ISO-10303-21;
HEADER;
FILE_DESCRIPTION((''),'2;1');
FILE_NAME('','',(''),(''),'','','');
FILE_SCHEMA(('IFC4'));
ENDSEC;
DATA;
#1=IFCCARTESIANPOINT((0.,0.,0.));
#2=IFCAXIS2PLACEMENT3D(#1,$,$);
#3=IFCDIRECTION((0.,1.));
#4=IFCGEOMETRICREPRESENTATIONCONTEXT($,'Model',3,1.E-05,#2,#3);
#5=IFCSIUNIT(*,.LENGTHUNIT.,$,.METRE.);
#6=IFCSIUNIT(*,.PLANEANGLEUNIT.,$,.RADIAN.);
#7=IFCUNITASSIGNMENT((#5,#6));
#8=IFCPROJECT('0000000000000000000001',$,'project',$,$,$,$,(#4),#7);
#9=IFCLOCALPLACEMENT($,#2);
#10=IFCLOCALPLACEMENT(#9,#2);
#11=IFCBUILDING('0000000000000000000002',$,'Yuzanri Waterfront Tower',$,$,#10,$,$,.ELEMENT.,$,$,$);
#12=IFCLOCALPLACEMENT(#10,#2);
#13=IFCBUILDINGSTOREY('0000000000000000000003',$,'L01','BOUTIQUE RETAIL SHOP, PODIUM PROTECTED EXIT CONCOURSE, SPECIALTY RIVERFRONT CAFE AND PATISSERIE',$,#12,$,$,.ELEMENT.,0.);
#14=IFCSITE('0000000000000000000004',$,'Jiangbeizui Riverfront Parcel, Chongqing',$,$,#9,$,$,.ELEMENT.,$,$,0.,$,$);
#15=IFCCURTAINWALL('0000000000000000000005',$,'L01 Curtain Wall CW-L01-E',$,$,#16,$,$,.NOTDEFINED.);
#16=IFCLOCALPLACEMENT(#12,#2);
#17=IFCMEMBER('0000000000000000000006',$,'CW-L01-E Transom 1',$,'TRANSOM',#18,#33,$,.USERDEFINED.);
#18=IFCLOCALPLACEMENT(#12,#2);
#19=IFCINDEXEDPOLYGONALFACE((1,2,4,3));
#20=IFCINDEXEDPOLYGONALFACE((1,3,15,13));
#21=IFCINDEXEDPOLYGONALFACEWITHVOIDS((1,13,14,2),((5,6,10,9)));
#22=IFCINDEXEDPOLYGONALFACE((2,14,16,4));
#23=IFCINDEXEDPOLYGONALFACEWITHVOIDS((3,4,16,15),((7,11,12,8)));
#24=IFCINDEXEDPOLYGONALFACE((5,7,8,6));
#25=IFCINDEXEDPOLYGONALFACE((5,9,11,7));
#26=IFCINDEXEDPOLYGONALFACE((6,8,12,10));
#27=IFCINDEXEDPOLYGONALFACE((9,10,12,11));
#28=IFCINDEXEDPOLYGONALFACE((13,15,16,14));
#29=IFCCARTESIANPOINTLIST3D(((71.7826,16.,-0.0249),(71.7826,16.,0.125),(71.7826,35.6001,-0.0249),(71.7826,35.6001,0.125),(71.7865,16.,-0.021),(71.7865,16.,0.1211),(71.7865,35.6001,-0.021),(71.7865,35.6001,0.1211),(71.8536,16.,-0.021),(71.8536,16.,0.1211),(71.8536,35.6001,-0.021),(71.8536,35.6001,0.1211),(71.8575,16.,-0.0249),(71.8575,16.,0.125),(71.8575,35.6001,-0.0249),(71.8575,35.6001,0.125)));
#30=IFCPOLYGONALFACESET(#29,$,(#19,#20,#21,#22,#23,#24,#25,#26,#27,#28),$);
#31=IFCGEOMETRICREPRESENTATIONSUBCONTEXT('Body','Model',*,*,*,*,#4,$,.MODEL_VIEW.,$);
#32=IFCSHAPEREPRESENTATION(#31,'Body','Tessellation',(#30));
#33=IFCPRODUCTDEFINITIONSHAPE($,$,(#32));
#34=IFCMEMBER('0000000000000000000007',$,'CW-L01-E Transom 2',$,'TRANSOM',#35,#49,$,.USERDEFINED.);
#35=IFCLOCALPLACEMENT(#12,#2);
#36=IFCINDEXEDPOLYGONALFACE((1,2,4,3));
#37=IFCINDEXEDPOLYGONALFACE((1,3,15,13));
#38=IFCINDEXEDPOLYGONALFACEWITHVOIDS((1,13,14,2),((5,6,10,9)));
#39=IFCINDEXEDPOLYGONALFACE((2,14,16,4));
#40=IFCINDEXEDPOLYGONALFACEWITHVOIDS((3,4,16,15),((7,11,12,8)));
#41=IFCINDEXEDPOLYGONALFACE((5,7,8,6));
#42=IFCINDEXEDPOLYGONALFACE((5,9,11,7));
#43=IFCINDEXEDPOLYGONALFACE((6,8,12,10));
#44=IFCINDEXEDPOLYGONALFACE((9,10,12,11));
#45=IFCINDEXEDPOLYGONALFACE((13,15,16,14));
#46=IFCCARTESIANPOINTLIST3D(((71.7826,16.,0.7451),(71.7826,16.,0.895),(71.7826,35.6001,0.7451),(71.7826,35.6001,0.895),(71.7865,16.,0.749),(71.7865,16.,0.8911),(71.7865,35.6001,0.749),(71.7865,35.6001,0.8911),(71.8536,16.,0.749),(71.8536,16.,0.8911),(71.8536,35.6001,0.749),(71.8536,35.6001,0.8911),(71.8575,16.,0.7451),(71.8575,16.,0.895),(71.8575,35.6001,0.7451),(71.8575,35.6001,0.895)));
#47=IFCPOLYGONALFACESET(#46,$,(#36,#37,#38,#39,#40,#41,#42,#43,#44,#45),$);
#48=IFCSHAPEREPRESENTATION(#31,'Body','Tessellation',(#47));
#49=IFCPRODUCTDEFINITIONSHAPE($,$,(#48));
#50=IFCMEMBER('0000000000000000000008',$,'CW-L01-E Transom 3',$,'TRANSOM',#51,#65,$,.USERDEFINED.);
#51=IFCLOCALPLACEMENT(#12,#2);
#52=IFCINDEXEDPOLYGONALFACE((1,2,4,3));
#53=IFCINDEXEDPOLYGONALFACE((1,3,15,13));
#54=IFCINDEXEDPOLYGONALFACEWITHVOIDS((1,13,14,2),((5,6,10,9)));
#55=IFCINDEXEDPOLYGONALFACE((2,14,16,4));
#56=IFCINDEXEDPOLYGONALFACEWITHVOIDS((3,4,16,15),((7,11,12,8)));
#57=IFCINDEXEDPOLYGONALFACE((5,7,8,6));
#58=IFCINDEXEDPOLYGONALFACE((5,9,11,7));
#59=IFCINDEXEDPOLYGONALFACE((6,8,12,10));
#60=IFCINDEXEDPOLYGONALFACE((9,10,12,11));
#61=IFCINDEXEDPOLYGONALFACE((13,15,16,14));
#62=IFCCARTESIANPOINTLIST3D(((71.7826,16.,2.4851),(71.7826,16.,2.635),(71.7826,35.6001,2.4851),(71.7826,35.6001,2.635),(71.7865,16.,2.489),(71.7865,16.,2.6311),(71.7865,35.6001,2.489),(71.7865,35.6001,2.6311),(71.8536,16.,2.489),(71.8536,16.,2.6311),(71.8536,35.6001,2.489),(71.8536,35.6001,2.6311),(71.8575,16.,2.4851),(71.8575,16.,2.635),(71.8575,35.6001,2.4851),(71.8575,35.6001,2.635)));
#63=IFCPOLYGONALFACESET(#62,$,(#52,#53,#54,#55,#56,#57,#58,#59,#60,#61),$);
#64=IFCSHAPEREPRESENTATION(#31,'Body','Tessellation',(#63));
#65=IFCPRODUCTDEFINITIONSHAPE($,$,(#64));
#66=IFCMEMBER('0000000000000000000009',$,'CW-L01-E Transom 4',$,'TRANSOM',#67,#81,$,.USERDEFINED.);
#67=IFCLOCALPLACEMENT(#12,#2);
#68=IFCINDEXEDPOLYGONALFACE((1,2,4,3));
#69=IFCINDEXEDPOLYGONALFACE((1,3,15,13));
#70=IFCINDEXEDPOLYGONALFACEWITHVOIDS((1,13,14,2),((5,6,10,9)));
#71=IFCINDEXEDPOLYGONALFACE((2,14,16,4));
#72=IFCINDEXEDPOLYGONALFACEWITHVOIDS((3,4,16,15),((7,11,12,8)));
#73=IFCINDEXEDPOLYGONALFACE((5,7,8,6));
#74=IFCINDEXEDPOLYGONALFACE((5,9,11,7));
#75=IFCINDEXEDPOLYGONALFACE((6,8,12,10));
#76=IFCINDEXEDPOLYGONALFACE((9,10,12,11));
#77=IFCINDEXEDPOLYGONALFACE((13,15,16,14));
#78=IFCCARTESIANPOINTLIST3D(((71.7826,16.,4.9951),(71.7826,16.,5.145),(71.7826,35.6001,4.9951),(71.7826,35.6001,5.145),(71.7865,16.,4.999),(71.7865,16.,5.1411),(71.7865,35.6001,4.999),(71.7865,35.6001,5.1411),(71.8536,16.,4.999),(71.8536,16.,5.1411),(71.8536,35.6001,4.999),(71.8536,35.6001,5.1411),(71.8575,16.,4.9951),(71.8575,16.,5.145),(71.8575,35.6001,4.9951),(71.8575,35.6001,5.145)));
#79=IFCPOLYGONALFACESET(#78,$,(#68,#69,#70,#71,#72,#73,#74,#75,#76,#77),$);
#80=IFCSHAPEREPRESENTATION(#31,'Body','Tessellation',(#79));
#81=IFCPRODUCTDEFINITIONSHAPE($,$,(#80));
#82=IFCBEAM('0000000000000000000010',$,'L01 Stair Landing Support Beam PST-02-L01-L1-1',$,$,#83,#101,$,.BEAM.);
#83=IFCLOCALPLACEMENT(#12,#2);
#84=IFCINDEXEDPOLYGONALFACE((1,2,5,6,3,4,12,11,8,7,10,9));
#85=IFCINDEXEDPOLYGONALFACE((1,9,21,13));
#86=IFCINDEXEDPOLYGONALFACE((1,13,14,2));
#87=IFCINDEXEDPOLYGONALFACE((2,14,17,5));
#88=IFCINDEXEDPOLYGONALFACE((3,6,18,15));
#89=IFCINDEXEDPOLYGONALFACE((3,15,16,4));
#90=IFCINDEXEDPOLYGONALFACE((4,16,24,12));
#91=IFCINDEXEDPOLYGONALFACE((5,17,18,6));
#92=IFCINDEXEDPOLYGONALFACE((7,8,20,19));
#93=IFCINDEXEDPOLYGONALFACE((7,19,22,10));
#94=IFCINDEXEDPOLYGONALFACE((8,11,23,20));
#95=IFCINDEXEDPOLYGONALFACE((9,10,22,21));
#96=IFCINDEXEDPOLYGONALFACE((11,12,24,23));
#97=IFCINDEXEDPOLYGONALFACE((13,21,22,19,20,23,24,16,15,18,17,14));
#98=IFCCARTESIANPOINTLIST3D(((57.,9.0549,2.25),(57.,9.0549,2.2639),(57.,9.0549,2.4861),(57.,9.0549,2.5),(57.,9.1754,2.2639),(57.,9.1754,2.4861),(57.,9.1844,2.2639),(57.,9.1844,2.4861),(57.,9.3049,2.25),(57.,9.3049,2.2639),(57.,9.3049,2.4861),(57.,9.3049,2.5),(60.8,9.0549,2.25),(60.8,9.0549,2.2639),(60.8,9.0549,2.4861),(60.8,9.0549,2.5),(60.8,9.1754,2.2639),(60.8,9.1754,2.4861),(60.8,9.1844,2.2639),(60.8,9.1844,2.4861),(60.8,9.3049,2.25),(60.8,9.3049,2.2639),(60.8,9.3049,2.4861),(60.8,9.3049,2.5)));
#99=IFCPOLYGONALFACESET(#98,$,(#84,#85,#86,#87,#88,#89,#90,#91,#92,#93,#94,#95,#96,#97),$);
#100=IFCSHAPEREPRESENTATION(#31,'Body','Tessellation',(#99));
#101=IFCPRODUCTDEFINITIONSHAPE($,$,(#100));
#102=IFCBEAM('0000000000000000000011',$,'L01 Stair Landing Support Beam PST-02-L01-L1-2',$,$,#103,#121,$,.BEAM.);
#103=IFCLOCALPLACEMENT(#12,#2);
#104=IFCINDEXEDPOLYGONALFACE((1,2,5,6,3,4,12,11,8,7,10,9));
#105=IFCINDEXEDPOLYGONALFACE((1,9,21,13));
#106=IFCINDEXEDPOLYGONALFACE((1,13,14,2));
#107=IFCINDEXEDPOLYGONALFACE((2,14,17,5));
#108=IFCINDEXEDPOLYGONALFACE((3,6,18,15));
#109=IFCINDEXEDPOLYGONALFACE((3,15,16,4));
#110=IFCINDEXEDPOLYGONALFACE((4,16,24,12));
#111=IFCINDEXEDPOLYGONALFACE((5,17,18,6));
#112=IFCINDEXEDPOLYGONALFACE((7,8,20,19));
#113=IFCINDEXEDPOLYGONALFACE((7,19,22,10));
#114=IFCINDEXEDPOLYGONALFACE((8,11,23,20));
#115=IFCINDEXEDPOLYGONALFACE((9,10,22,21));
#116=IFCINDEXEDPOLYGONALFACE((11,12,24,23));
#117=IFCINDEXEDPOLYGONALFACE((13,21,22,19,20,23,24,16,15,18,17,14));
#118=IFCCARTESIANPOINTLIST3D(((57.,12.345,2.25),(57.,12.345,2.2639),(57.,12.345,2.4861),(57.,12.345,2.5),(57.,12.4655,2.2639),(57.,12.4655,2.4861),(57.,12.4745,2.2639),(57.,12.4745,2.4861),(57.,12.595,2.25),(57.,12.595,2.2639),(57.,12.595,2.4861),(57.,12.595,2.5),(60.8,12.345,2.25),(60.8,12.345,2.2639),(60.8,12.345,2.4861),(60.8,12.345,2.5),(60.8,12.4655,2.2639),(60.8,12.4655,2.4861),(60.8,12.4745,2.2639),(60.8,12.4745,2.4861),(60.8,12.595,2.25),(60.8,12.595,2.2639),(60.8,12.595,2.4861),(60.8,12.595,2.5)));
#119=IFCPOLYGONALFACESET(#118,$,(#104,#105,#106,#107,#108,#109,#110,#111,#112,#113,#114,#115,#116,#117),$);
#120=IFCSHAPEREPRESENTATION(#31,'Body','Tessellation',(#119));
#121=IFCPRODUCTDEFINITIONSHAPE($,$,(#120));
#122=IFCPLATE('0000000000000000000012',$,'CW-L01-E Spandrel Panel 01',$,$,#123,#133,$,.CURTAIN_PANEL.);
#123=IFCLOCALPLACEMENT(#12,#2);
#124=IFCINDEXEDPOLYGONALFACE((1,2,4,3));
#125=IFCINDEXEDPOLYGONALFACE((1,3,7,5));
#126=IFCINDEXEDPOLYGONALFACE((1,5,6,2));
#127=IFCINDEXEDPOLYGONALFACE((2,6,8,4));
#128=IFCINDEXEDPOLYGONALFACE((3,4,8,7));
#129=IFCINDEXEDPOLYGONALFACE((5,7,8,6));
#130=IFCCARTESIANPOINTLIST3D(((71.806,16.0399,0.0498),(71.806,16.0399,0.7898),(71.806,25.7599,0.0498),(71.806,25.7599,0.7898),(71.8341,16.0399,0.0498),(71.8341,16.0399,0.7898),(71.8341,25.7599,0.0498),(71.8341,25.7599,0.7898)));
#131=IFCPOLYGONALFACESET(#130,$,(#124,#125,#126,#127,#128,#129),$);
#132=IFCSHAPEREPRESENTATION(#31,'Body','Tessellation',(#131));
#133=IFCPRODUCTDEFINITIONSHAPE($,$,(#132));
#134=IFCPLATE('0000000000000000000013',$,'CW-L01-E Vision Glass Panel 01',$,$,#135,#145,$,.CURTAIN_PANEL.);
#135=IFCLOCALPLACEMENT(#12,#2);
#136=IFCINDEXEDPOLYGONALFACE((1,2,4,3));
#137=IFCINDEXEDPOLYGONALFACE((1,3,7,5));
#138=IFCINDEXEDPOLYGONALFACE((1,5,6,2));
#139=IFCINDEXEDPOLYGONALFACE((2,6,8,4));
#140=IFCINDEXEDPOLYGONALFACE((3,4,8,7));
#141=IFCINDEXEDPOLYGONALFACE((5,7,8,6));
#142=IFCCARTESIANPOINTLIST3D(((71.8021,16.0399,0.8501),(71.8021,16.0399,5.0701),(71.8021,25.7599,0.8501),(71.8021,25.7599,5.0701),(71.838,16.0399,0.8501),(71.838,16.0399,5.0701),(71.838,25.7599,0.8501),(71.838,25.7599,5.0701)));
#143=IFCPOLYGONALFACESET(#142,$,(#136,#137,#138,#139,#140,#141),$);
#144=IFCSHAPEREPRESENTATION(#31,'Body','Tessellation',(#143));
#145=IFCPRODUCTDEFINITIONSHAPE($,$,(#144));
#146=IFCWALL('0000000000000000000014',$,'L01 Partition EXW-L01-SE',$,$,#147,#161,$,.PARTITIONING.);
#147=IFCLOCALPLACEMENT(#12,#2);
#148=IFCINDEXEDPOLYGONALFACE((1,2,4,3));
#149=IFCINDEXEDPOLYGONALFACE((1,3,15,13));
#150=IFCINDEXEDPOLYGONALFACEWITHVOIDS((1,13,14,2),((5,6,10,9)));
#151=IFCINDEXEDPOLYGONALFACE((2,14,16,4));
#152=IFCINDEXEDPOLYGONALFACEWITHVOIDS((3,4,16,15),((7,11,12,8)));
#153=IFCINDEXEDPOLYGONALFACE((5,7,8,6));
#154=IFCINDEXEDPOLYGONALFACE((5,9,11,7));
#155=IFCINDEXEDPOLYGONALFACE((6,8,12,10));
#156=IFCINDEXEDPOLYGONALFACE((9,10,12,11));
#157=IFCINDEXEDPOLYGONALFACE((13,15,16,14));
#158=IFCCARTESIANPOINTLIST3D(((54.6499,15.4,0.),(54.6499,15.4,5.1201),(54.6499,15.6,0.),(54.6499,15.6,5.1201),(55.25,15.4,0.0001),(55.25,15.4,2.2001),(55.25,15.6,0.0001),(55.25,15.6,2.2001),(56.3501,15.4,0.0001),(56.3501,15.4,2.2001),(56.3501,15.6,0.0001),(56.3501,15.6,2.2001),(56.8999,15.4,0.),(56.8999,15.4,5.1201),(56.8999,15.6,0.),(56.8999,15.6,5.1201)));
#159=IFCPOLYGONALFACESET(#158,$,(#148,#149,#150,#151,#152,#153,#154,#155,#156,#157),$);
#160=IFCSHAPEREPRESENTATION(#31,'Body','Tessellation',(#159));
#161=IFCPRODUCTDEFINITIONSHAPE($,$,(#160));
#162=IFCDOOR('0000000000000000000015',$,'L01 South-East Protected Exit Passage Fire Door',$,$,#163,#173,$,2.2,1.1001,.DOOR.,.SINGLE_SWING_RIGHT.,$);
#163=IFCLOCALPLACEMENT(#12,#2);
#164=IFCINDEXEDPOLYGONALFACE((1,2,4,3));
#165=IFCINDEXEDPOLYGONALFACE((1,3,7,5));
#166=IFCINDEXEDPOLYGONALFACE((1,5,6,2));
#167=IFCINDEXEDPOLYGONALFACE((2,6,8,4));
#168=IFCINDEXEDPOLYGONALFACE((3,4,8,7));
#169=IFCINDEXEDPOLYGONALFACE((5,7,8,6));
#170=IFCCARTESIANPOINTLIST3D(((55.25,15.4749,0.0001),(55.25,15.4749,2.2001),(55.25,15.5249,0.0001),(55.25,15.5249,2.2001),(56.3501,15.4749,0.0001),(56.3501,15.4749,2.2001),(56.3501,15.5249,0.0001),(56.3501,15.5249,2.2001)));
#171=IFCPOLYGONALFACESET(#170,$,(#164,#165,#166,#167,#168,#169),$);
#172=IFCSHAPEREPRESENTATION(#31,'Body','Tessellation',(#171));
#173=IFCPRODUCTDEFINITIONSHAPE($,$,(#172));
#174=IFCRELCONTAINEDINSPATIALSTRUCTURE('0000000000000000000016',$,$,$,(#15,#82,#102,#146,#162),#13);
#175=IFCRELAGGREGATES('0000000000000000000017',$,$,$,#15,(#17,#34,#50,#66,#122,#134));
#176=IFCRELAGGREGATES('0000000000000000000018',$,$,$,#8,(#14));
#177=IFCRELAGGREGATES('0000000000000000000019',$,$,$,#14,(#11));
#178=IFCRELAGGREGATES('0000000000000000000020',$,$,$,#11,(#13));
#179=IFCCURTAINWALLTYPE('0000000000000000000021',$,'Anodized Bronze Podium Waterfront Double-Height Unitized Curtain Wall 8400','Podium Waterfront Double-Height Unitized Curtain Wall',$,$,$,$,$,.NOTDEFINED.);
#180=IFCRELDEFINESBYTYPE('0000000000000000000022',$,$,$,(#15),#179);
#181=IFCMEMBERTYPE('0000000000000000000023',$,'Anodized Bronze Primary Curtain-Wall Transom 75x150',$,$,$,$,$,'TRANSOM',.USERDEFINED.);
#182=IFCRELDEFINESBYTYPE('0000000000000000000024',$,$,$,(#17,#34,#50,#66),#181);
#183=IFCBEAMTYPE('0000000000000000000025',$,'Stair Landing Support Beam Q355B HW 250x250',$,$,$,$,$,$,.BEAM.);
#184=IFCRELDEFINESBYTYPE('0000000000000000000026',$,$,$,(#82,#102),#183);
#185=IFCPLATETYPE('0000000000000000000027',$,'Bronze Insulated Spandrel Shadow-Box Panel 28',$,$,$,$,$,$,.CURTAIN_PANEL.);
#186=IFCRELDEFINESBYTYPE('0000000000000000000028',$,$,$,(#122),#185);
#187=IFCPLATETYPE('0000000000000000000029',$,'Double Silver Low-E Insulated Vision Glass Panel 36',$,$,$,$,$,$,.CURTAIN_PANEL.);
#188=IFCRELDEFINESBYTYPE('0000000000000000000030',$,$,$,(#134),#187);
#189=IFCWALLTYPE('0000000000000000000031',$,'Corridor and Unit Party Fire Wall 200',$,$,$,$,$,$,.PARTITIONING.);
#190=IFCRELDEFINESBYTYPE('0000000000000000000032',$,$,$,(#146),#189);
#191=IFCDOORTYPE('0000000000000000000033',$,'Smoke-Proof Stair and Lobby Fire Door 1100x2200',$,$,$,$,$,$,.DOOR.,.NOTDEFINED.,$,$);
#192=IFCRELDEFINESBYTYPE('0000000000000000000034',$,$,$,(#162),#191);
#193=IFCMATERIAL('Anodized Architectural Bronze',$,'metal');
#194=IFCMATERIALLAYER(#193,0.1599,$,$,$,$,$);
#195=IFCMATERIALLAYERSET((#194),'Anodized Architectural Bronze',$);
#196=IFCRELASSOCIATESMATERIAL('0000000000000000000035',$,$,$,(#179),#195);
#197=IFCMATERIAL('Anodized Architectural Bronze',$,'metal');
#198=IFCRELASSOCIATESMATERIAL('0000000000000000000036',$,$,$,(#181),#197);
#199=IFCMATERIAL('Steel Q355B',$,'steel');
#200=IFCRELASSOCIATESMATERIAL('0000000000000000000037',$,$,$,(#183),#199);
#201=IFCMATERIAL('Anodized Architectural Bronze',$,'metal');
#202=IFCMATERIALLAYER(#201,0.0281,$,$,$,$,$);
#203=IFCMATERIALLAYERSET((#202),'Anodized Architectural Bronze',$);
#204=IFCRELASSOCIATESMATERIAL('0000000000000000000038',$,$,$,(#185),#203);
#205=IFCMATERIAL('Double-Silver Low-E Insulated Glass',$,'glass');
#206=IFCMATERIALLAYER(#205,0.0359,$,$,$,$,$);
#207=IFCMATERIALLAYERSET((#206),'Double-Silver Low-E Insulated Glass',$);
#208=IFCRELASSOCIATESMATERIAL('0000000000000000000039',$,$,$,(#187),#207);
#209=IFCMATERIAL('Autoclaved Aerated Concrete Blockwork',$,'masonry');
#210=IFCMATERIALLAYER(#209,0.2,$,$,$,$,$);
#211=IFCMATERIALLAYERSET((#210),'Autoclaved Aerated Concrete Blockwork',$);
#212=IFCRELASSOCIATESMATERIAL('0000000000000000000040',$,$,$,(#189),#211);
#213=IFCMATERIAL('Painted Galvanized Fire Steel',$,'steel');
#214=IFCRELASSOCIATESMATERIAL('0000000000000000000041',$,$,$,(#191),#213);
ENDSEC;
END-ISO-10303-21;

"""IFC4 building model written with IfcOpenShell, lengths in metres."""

from ifc_helpers import new_model, si_unit, direction, frame, frame_2d, origin, origin_2d, place, context, subcontext, project, spatial, rectangle, hollow_rectangle, i_section, extrude, source, transform, mapped, material, layer, layer_set, material_profile, profile_set, type_object, element, fill, aggregate, save


model = new_model("IFC4")

# Units and contexts
model_context = context("Model", 3, precision=1e-05, world=origin(), true_north=direction((0.0, 1.0)))
body_context = subcontext(model_context, "Body", "Model", "MODEL_VIEW")
ifc_project = project(units=[si_unit("LENGTHUNIT", "METRE"), si_unit("PLANEANGLEUNIT", "RADIAN")], contexts=[model_context])

# Site, building, storey
site_placement = place(None, origin())
site = spatial("IfcSite", under=ifc_project, at=site_placement, Name="Jiangbeizui Riverfront Parcel, Chongqing", CompositionType="ELEMENT", RefElevation=0.0)
building_placement = place(site_placement, origin())
building = spatial("IfcBuilding", under=site, at=building_placement, Name="Yuzanri Waterfront Tower", CompositionType="ELEMENT")
storey_placement = place(building_placement, origin())
storey = spatial("IfcBuildingStorey", under=building, at=storey_placement, Name="L01", Description="BOUTIQUE RETAIL SHOP, PODIUM PROTECTED EXIT CONCOURSE, SPECIALTY RIVERFRONT CAFE AND PATISSERIE", CompositionType="ELEMENT", Elevation=0.0)

# Curtain wall, members
ifc_material_1 = material(Name="Anodized Architectural Bronze", Category="metal")
ifc_layer_1 = layer(ifc_material_1, 0.1599)
ifc_layer_set_1 = layer_set([ifc_layer_1], Name="Anodized Architectural Bronze")
curtain_wall_type = type_object("IfcCurtainWallType", Name="Anodized Bronze Podium Waterfront Double-Height Unitized Curtain Wall 8400", Description="Podium Waterfront Double-Height Unitized Curtain Wall", PredefinedType="NOTDEFINED", material=ifc_layer_set_1)
curtain_wall_placement = place(storey_placement, origin())
curtain_wall = element("IfcCurtainWall", 1, at=curtain_wall_placement, inside=storey, type_object=curtain_wall_type, Name="L01 Curtain Wall CW-L01-E", PredefinedType="NOTDEFINED")
ifc_material_2 = material(Name="Anodized Architectural Bronze", Category="metal")
ifc_material_profile_1 = material_profile(ifc_material_2, hollow_rectangle(XDim=0.075, YDim=0.1499, WallThickness=0.0039, at=origin_2d()), Name="CWT 75x150")
ifc_profile_set_1 = profile_set([ifc_material_profile_1], Name="Anodized Architectural Bronze")
member_type_1 = type_object("IfcMemberType", Name="Anodized Bronze Primary Curtain-Wall Transom 75x150", ElementType="TRANSOM", PredefinedType="USERDEFINED", material=ifc_profile_set_1)
shared_shape_1 = source(origin(), body_context, "Body", "SweptSolid", [
    extrude(hollow_rectangle(XDim=0.075, YDim=0.1499, WallThickness=0.0039, at=origin_2d()), origin(), (0.0, 0.0, 1.0), 19.6001),
])
member_1_placement = place(storey_placement, frame((71.8201, 16.0, 0.05), z_axis=(0.0, 1.0, 0.0), x_axis=(-1.0, 0.0, 0.0)))
member_1 = element("IfcMember", 2, at=member_1_placement, type_object=member_type_1, Name="CW-L01-E Transom 1", ObjectType="TRANSOM", PredefinedType="USERDEFINED", context=body_context, shape_type="MappedRepresentation", body=[
    mapped(shared_shape_1, transform((0.0, 0.0, 0.0), scale=1.0)),
])
member_2_placement = place(storey_placement, frame((71.8201, 16.0, 0.8201), z_axis=(0.0, 1.0, 0.0), x_axis=(-1.0, 0.0, 0.0)))
member_2 = element("IfcMember", 3, at=member_2_placement, type_object=member_type_1, Name="CW-L01-E Transom 2", ObjectType="TRANSOM", PredefinedType="USERDEFINED", context=body_context, shape_type="MappedRepresentation", body=[
    mapped(shared_shape_1, transform((0.0, 0.0, 0.0), scale=1.0)),
])
member_3_placement = place(storey_placement, frame((71.8201, 16.0, 2.5601), z_axis=(0.0, 1.0, 0.0), x_axis=(-1.0, 0.0, 0.0)))
member_3 = element("IfcMember", 4, at=member_3_placement, type_object=member_type_1, Name="CW-L01-E Transom 3", ObjectType="TRANSOM", PredefinedType="USERDEFINED", context=body_context, shape_type="MappedRepresentation", body=[
    mapped(shared_shape_1, transform((0.0, 0.0, 0.0), scale=1.0)),
])
member_4_placement = place(storey_placement, frame((71.8201, 16.0, 5.0701), z_axis=(0.0, 1.0, 0.0), x_axis=(-1.0, 0.0, 0.0)))
member_4 = element("IfcMember", 5, at=member_4_placement, type_object=member_type_1, Name="CW-L01-E Transom 4", ObjectType="TRANSOM", PredefinedType="USERDEFINED", context=body_context, shape_type="MappedRepresentation", body=[
    mapped(shared_shape_1, transform((0.0, 0.0, 0.0), scale=1.0)),
])

# Beams
ifc_material_3 = material(Name="Steel Q355B", Category="steel")
ifc_material_profile_2 = material_profile(ifc_material_3, i_section(OverallWidth=0.25, OverallDepth=0.25, WebThickness=0.009, FlangeThickness=0.0139, at=origin_2d()), Name="HW 250x250x9x14")
ifc_profile_set_2 = profile_set([ifc_material_profile_2], Name="Steel Q355B")
beam_type_1 = type_object("IfcBeamType", Name="Stair Landing Support Beam Q355B HW 250x250", PredefinedType="BEAM", material=ifc_profile_set_2)
shared_shape_2 = source(origin(), body_context, "Body", "SweptSolid", [
    extrude(i_section(OverallWidth=0.25, OverallDepth=0.25, WebThickness=0.009, FlangeThickness=0.0139, at=origin_2d()), origin(), (0.0, 0.0, 1.0), 3.8),
])
for number, where, z_axis, x_axis, name in (
    (6, (57.0, 9.1799, 2.375), (1.0, 0.0, 0.0), (0.0, 1.0, 0.0), "L01 Stair Landing Support Beam PST-02-L01-L1-1"),
    (7, (57.0, 12.47, 2.375), (1.0, 0.0, 0.0), (0.0, 1.0, 0.0), "L01 Stair Landing Support Beam PST-02-L01-L1-2"),
):
    element("IfcBeam", number, at=place(storey_placement, frame(where, z_axis=z_axis, x_axis=x_axis)), inside=storey, type_object=beam_type_1, Name=name, PredefinedType="BEAM", context=body_context, shape_type="MappedRepresentation", body=[
        mapped(shared_shape_2, transform((0.0, 0.0, 0.0), scale=1.0)),
    ])

# Plates
ifc_material_4 = material(Name="Anodized Architectural Bronze", Category="metal")
ifc_layer_2 = layer(ifc_material_4, 0.0281)
ifc_layer_set_2 = layer_set([ifc_layer_2], Name="Anodized Architectural Bronze")
plate_type_1 = type_object("IfcPlateType", Name="Bronze Insulated Spandrel Shadow-Box Panel 28", PredefinedType="CURTAIN_PANEL", material=ifc_layer_set_2)
shared_shape_3 = source(origin(), body_context, "Body", "SweptSolid", [
    extrude(rectangle(XDim=9.72, YDim=0.0281, at=origin_2d()), origin(), (0.0, 0.0, 1.0), 0.74),
])
plate_1_placement = place(storey_placement, frame((71.8201, 20.8999, 0.0498), z_axis=(0.0, 0.0, 1.0), x_axis=(0.0, 1.0, 0.0)))
plate_1 = element("IfcPlate", 8, at=plate_1_placement, type_object=plate_type_1, Name="CW-L01-E Spandrel Panel 01", PredefinedType="CURTAIN_PANEL", context=body_context, shape_type="MappedRepresentation", body=[
    mapped(shared_shape_3, transform((0.0, 0.0, 0.0), scale=1.0)),
])
ifc_material_5 = material(Name="Double-Silver Low-E Insulated Glass", Category="glass")
ifc_layer_3 = layer(ifc_material_5, 0.0359)
ifc_layer_set_3 = layer_set([ifc_layer_3], Name="Double-Silver Low-E Insulated Glass")
plate_type_2 = type_object("IfcPlateType", Name="Double Silver Low-E Insulated Vision Glass Panel 36", PredefinedType="CURTAIN_PANEL", material=ifc_layer_set_3)
shared_shape_4 = source(origin(), body_context, "Body", "SweptSolid", [
    extrude(rectangle(XDim=9.72, YDim=0.0359, at=origin_2d()), origin(), (0.0, 0.0, 1.0), 4.22),
])
plate_2_placement = place(storey_placement, frame((71.8201, 20.8999, 0.8501), z_axis=(0.0, 0.0, 1.0), x_axis=(0.0, 1.0, 0.0)))
plate_2 = element("IfcPlate", 9, at=plate_2_placement, type_object=plate_type_2, Name="CW-L01-E Vision Glass Panel 01", PredefinedType="CURTAIN_PANEL", context=body_context, shape_type="MappedRepresentation", body=[
    mapped(shared_shape_4, transform((0.0, 0.0, 0.0), scale=1.0)),
])
aggregate(curtain_wall, [member_1, member_2, member_3, member_4, plate_1, plate_2])

# Wall, opening, door
ifc_material_6 = material(Name="Autoclaved Aerated Concrete Blockwork", Category="masonry")
ifc_layer_4 = layer(ifc_material_6, 0.2)
ifc_layer_set_4 = layer_set([ifc_layer_4], Name="Autoclaved Aerated Concrete Blockwork")
wall_type_1 = type_object("IfcWallType", Name="Corridor and Unit Party Fire Wall 200", PredefinedType="PARTITIONING", material=ifc_layer_set_4)
wall_1_placement = place(storey_placement, frame((54.6499, 15.5, 0.0), z_axis=(0.0, 0.0, 1.0), x_axis=(1.0, 0.0, 0.0)))
wall_1 = element("IfcWall", 10, at=wall_1_placement, inside=storey, type_object=wall_type_1, Name="L01 Partition EXW-L01-SE", PredefinedType="PARTITIONING", context=body_context, shape_type="SweptSolid", body=[
    extrude(rectangle(XDim=2.25, YDim=0.2, at=frame_2d((1.125, 0.0))), origin(), (0.0, 0.0, 1.0), 5.1201),
])
opening_placement = place(wall_1_placement, frame((0.6001, 0.0, 0.0)))
opening = element("IfcOpeningElement", 11, at=opening_placement, cuts=wall_1, PredefinedType="OPENING", context=body_context, shape_type="SweptSolid", body=[
    extrude(rectangle(XDim=1.1001, YDim=2.2, at=frame_2d((0.55, 1.1001))), frame((0.0, 0.1147, 0.0), z_axis=(0.0, -1.0, 0.0), x_axis=(1.0, 0.0, 0.0)), (0.0, 0.0, 1.0), 0.2297),
])
ifc_material_7 = material(Name="Painted Galvanized Fire Steel", Category="steel")
door_type = type_object("IfcDoorType", Name="Smoke-Proof Stair and Lobby Fire Door 1100x2200", OperationType="NOTDEFINED", PredefinedType="DOOR", material=ifc_material_7)
shared_shape_5 = source(origin(), body_context, "Body", "SweptSolid", [
    extrude(rectangle(XDim=1.1001, YDim=2.2, at=frame_2d((0.55, 1.1001))), frame((0.0, 0.0249, 0.0), z_axis=(0.0, -1.0, 0.0), x_axis=(1.0, 0.0, 0.0)), (0.0, 0.0, 1.0), 0.05),
])
door_placement = place(opening_placement, origin())
door = element("IfcDoor", 12, at=door_placement, inside=storey, type_object=door_type, Name="L01 South-East Protected Exit Passage Fire Door", OperationType="SINGLE_SWING_RIGHT", OverallHeight=2.2, OverallWidth=1.1001, PredefinedType="DOOR", context=body_context, shape_type="MappedRepresentation", body=[
    mapped(shared_shape_5, transform((0.0, 0.0, 0.0), scale=1.0)),
])
fill(opening, door)

save(model, "model.ifc")
